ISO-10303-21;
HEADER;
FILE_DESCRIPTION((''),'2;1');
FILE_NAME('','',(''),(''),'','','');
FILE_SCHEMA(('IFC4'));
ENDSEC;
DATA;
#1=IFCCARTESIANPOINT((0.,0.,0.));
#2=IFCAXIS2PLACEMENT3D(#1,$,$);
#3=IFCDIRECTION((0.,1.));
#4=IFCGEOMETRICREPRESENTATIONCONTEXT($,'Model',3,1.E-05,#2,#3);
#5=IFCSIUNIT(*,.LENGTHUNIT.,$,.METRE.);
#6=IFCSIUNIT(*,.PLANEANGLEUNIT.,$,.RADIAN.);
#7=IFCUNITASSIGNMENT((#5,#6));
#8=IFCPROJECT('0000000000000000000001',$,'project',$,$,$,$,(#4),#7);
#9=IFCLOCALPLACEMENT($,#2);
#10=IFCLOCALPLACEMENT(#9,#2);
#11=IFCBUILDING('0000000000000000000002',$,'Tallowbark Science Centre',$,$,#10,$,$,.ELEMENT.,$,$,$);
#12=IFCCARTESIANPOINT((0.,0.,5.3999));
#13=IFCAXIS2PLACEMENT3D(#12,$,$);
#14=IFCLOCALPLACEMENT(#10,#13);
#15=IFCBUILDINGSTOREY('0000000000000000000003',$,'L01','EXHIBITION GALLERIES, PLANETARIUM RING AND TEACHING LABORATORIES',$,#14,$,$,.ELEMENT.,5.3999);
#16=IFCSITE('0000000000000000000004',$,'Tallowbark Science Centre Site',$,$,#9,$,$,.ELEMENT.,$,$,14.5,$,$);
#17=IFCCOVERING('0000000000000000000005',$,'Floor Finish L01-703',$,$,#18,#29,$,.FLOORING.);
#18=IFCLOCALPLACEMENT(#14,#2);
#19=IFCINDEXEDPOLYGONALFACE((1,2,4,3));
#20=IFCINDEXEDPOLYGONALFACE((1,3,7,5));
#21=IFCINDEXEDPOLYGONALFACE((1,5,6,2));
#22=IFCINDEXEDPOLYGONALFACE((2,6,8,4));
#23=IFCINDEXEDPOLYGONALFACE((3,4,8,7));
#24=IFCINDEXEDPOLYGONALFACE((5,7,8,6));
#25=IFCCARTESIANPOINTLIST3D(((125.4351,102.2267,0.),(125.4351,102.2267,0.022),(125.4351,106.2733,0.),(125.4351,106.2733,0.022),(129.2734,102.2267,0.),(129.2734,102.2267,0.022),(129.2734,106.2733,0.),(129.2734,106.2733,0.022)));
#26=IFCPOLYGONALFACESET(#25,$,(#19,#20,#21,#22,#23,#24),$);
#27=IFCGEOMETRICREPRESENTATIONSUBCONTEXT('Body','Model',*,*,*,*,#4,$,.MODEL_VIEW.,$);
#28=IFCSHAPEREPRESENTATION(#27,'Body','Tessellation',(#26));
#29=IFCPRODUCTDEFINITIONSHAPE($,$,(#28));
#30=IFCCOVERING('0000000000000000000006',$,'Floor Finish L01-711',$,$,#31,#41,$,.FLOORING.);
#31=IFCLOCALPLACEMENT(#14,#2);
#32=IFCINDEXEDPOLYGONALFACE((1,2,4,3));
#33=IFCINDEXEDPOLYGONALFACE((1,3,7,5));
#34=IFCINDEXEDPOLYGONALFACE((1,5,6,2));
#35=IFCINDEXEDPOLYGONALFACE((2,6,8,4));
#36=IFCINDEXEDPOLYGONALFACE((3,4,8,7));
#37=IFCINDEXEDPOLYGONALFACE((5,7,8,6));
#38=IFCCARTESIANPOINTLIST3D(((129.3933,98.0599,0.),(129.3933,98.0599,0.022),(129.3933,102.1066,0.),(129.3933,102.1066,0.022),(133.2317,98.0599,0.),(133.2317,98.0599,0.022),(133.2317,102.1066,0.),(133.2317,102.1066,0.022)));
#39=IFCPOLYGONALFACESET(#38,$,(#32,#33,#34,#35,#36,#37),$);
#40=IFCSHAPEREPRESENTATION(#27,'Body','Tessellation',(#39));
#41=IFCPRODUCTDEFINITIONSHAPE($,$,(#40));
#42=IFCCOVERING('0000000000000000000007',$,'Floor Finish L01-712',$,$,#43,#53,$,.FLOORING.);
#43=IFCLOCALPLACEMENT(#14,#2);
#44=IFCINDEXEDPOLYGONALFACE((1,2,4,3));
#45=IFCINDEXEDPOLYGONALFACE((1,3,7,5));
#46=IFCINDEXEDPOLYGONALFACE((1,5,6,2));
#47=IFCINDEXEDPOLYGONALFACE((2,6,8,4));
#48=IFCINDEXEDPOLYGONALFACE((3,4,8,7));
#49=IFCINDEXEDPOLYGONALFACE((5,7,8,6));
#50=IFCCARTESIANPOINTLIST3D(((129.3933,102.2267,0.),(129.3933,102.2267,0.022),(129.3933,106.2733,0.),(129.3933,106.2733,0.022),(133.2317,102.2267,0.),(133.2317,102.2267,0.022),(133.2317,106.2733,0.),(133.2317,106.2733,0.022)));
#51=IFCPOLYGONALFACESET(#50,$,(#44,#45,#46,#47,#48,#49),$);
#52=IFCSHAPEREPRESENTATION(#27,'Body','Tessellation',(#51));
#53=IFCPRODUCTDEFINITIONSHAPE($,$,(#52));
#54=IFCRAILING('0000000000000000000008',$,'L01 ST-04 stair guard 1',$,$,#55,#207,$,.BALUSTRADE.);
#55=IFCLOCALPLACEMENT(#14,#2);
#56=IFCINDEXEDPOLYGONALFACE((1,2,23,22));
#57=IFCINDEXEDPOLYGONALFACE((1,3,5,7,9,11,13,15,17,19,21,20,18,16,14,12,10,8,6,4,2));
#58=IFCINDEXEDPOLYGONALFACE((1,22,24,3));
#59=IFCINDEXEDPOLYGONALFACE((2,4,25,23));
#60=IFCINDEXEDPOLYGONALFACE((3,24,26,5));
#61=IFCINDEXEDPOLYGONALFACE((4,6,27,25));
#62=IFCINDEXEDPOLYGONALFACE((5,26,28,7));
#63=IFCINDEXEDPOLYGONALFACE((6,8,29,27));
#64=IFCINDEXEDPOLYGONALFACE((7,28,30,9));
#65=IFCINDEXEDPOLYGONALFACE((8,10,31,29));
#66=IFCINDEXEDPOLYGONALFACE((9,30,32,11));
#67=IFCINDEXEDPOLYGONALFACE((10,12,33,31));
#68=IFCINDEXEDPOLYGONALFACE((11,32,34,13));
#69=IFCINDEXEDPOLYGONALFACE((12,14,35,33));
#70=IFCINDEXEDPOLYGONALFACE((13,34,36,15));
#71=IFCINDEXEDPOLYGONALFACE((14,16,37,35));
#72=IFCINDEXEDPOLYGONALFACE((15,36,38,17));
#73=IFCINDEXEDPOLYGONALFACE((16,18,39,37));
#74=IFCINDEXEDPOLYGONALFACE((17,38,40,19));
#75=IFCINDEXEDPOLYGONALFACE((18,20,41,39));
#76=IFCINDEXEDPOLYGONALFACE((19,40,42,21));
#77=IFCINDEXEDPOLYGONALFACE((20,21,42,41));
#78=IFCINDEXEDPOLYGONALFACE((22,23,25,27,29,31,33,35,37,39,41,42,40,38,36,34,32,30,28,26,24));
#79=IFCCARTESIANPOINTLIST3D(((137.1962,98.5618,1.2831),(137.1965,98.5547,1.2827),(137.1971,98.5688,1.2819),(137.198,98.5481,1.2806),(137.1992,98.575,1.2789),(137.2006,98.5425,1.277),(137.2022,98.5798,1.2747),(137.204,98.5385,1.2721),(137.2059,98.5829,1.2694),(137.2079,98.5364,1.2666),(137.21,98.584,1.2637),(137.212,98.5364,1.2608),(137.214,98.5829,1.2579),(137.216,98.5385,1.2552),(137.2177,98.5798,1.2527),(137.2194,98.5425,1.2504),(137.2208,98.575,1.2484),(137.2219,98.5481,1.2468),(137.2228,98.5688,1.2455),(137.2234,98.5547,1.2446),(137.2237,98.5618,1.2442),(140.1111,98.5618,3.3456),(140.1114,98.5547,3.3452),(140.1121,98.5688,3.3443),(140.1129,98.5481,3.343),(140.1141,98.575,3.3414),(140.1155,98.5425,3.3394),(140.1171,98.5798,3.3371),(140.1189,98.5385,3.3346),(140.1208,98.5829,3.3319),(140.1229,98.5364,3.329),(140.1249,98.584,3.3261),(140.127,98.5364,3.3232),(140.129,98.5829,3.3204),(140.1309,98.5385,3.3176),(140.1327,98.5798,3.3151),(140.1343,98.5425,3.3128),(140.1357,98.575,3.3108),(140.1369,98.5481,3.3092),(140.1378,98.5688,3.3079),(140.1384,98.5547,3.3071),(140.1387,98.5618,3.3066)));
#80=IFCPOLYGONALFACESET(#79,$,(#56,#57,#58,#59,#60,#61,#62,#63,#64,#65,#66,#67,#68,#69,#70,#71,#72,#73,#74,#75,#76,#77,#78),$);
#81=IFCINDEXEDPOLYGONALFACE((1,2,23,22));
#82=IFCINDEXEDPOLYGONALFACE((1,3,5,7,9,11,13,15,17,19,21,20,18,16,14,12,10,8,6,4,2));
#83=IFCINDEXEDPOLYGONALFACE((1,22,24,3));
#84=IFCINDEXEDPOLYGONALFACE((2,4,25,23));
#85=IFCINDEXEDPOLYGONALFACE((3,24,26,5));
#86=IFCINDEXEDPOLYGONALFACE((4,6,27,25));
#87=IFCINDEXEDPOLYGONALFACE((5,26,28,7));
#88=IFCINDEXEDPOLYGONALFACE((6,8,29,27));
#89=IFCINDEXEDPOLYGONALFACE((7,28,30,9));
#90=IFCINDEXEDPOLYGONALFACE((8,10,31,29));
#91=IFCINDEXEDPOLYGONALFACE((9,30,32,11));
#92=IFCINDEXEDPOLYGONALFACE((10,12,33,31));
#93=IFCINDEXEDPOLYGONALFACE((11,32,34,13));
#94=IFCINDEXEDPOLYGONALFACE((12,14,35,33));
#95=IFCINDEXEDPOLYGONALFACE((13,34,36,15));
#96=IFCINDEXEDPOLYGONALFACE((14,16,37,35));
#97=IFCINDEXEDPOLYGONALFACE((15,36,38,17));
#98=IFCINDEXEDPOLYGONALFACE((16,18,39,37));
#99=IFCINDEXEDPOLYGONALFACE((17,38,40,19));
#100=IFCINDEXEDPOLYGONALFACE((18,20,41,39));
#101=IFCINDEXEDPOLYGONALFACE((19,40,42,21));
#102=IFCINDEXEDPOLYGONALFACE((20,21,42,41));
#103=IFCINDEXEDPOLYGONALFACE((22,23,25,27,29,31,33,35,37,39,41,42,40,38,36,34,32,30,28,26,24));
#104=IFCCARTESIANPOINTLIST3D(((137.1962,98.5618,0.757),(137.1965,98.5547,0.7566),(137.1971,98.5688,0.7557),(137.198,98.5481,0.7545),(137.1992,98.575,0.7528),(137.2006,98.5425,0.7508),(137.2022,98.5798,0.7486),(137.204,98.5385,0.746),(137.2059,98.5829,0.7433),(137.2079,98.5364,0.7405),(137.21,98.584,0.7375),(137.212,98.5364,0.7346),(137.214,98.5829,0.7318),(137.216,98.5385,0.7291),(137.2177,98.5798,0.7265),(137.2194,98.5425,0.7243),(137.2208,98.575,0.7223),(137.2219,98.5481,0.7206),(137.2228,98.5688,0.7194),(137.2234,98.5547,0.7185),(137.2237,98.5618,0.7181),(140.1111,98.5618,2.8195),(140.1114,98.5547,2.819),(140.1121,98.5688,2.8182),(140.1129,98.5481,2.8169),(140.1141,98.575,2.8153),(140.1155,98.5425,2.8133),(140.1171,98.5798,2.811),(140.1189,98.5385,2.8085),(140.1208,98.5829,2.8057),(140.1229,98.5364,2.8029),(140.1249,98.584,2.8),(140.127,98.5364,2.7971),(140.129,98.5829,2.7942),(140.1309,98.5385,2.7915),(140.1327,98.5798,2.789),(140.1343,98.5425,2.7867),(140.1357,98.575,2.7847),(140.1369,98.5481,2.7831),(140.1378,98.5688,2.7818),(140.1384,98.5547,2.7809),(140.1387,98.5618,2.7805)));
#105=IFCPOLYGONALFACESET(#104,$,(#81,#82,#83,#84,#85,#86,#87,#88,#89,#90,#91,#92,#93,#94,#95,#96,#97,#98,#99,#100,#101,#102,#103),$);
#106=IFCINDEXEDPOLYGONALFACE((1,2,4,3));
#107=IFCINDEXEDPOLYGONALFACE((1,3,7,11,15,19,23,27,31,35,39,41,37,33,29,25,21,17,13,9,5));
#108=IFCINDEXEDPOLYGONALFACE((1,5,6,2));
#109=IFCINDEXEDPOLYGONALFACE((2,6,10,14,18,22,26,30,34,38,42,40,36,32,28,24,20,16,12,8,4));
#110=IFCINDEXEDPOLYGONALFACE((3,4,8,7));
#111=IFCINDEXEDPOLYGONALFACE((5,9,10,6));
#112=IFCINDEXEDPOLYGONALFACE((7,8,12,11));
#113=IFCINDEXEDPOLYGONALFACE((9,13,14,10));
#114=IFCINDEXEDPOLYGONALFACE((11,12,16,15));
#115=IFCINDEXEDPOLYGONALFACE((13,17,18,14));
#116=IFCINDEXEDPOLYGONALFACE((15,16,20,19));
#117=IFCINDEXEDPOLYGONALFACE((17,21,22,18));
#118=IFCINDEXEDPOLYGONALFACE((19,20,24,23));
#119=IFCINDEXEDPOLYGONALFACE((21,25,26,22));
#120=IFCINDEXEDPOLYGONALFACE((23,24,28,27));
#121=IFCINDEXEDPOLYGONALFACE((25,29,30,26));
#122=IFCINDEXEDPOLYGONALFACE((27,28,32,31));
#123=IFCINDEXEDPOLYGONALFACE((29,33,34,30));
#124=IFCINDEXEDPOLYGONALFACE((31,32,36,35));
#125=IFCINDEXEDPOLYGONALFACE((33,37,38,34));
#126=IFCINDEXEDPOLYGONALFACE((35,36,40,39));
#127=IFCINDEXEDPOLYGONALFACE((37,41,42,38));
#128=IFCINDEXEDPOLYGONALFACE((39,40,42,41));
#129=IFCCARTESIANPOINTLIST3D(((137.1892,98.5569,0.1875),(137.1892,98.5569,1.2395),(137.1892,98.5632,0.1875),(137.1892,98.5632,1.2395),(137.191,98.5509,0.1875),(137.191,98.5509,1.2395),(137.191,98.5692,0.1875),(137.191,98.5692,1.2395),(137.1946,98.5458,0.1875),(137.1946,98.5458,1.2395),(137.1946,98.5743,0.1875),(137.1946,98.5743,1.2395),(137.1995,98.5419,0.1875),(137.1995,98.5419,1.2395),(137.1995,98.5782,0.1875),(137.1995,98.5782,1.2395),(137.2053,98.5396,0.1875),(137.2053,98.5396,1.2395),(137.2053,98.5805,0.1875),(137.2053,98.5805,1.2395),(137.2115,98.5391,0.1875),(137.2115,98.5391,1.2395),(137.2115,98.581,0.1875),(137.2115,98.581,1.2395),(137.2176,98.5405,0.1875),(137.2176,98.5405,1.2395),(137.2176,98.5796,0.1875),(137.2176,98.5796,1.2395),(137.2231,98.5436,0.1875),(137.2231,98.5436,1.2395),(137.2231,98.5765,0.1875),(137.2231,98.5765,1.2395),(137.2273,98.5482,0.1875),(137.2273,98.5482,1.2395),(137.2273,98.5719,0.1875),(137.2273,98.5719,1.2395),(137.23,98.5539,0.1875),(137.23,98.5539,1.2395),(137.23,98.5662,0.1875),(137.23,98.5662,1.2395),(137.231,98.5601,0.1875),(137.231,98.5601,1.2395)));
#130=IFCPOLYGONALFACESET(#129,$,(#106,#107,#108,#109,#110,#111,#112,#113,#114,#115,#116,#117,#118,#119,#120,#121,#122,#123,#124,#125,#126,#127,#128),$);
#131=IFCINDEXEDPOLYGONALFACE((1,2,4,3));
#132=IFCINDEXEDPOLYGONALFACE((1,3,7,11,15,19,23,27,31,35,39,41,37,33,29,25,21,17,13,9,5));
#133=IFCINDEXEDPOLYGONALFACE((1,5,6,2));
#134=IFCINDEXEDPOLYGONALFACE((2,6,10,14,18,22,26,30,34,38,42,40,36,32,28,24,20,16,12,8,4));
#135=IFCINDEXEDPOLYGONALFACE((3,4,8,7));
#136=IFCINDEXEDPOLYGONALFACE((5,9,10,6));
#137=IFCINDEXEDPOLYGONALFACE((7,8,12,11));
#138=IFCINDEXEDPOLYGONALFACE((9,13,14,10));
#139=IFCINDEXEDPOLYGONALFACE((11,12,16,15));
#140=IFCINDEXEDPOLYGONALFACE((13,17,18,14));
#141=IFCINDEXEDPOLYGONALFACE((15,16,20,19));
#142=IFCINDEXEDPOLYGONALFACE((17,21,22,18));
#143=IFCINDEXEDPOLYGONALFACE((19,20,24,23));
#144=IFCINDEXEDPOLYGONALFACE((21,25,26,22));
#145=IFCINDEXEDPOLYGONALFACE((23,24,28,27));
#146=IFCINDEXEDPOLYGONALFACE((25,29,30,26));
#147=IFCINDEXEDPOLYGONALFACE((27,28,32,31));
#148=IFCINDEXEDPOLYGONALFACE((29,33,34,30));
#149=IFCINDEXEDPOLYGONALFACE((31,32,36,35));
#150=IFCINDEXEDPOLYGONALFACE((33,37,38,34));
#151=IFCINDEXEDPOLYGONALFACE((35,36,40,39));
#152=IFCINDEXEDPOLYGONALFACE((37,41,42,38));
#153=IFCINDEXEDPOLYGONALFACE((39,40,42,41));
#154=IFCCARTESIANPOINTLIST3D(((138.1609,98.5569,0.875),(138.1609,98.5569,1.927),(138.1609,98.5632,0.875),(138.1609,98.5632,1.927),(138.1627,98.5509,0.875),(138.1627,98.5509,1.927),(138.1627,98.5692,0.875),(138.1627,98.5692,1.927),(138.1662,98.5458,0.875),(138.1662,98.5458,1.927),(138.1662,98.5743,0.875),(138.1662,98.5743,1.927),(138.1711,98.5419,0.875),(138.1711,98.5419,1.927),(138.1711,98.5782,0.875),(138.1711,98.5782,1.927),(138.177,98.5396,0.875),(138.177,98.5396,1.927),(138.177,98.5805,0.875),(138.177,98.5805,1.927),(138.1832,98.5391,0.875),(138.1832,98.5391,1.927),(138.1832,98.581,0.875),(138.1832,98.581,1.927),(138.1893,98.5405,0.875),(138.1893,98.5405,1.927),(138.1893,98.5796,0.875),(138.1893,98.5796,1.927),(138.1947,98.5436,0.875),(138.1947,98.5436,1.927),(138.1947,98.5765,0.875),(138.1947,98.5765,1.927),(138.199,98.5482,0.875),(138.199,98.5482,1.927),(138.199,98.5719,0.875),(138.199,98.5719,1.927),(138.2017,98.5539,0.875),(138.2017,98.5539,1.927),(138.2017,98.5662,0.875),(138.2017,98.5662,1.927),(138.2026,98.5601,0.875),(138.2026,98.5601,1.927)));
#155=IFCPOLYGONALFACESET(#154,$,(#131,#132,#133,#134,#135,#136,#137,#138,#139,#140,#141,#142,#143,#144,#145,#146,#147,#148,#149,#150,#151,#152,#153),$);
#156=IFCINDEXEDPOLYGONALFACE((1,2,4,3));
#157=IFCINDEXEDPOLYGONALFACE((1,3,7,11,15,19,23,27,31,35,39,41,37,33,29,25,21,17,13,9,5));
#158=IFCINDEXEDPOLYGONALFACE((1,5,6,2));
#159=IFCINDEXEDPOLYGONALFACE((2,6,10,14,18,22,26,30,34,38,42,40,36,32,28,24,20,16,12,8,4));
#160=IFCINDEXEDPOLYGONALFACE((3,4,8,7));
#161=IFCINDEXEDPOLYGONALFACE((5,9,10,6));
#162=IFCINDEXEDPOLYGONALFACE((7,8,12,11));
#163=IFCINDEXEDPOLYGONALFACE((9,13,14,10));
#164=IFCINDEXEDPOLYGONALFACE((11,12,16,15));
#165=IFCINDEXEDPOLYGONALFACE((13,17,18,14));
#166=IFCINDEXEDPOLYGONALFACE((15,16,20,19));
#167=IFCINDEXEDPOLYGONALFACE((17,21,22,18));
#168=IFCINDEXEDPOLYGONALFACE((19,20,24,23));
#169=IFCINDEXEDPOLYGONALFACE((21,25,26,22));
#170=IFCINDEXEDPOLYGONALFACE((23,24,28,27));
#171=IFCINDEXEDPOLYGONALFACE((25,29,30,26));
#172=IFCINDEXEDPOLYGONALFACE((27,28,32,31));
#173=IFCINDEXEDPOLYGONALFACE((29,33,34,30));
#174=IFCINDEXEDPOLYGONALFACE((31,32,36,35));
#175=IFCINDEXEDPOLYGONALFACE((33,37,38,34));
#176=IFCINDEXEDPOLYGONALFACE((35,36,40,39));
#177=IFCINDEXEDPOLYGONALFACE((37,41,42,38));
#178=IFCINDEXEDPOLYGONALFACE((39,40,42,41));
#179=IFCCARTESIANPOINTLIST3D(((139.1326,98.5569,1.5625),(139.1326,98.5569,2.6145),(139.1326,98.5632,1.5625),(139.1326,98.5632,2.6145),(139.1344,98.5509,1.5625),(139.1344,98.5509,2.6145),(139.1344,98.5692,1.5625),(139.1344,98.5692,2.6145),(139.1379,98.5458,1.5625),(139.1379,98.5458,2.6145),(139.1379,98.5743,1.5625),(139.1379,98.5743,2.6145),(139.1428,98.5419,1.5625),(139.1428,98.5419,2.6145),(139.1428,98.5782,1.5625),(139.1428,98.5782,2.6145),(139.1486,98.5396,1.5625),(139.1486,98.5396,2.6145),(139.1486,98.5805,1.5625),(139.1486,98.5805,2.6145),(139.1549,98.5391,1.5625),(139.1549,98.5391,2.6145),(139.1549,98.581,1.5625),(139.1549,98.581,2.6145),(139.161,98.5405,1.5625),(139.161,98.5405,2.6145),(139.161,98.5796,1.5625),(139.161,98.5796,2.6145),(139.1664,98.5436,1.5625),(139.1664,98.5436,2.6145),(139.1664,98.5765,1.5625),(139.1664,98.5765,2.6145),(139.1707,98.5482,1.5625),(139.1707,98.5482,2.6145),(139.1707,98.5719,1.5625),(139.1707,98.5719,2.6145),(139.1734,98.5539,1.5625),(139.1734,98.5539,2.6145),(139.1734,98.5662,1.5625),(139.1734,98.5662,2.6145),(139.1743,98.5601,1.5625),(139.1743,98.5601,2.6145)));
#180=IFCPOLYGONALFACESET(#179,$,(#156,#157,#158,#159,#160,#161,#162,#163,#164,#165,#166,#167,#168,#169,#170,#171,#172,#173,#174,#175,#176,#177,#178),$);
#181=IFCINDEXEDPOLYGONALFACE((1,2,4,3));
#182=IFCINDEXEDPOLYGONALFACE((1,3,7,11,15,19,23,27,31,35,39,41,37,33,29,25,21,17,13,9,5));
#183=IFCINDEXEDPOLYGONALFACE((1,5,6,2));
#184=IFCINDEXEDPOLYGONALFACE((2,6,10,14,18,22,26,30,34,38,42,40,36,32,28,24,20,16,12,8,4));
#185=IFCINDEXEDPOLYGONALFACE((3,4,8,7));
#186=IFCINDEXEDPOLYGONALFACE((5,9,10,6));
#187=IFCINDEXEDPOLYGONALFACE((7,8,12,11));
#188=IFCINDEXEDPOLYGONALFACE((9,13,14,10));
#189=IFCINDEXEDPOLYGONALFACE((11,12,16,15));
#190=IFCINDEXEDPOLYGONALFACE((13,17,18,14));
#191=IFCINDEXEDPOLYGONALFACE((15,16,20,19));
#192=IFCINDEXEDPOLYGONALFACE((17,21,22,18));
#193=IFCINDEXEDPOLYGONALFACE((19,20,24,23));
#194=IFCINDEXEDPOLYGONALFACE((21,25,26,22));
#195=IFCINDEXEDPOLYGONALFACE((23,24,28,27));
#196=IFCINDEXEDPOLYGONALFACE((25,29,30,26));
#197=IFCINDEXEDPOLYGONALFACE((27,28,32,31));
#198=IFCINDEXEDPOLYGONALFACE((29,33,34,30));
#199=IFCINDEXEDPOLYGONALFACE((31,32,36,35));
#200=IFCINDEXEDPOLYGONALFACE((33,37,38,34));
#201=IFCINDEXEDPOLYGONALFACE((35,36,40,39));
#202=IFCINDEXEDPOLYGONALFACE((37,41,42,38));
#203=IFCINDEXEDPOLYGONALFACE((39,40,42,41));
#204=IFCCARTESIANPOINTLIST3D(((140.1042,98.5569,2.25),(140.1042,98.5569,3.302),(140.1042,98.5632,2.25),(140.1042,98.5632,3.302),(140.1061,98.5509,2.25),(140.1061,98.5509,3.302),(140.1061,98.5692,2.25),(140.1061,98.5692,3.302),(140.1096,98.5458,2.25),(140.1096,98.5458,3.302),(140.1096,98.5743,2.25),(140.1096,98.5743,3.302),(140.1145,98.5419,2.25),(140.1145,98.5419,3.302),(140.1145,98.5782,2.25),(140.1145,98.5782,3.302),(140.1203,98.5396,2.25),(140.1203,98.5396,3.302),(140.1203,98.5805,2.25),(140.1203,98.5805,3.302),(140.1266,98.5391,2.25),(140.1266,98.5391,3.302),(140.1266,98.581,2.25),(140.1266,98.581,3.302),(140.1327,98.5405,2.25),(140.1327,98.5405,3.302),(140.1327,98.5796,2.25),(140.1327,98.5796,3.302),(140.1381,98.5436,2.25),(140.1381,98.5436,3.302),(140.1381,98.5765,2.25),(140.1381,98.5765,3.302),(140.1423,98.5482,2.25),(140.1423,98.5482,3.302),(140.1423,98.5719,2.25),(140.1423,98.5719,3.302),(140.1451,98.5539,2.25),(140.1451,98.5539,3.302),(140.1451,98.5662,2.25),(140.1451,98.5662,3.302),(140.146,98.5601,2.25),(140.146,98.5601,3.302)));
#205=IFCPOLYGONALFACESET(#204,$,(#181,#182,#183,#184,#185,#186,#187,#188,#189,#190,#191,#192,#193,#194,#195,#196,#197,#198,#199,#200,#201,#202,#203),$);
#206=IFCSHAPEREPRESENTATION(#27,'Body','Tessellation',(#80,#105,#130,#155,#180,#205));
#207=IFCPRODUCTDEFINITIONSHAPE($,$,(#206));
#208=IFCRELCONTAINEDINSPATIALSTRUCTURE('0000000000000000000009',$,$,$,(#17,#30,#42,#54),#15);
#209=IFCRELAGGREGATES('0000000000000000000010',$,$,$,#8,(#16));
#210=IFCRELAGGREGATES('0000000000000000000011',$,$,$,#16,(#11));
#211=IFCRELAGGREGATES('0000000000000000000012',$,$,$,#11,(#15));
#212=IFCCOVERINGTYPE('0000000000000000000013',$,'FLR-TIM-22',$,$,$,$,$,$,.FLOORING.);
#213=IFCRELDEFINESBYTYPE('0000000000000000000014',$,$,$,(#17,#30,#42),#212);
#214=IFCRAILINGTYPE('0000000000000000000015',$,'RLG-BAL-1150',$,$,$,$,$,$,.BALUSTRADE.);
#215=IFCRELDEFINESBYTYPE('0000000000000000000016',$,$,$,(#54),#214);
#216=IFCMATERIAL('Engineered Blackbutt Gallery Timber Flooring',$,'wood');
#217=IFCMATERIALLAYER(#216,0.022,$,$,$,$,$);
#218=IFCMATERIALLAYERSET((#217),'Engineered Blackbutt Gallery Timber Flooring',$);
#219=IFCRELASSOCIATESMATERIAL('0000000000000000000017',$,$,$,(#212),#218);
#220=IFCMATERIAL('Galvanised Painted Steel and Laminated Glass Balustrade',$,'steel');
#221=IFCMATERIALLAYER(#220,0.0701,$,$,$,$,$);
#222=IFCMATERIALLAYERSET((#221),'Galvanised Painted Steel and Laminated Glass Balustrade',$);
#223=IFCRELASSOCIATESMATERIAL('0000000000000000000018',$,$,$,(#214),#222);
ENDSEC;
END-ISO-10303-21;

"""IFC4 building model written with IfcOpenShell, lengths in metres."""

from ifc_helpers import new_model, si_unit, direction, frame, origin, origin_2d, place, context, subcontext, project, spatial, rectangle, circle, extrude, material, layer, layer_set, type_object, element, save


model = new_model("IFC4")

# Units and contexts
model_context = context("Model", 3, precision=1e-05, world=origin(), true_north=direction((0.0, 1.0)))
body_context = subcontext(model_context, "Body", "Model", "MODEL_VIEW")
ifc_project = project(units=[si_unit("LENGTHUNIT", "METRE"), si_unit("PLANEANGLEUNIT", "RADIAN")], contexts=[model_context])

# Site, building, storey
site_placement = place(None, origin())
site = spatial("IfcSite", under=ifc_project, at=site_placement, Name="Tallowbark Science Centre Site", CompositionType="ELEMENT", RefElevation=14.5)
building_placement = place(site_placement, origin())
building = spatial("IfcBuilding", under=site, at=building_placement, Name="Tallowbark Science Centre", CompositionType="ELEMENT")
storey_placement = place(building_placement, frame((0.0, 0.0, 5.3999)))
storey = spatial("IfcBuildingStorey", under=building, at=storey_placement, Name="L01", Description="EXHIBITION GALLERIES, PLANETARIUM RING AND TEACHING LABORATORIES", CompositionType="ELEMENT", Elevation=5.3999)

# Coverings
ifc_material_1 = material(Name="Engineered Blackbutt Gallery Timber Flooring", Category="wood")
ifc_layer_1 = layer(ifc_material_1, 0.022)
ifc_layer_set_1 = layer_set([ifc_layer_1], Name="Engineered Blackbutt Gallery Timber Flooring")
covering_type_1 = type_object("IfcCoveringType", Name="FLR-TIM-22", PredefinedType="FLOORING", material=ifc_layer_set_1)
for number, where, z_axis, x_axis, name in (
    (1, (127.3542, 104.25, 0.0), (0.0, 0.0, 1.0), (1.0, 0.0, 0.0), "Floor Finish L01-703"),
    (2, (131.3125, 100.0833, 0.0), (0.0, 0.0, 1.0), (1.0, 0.0, 0.0), "Floor Finish L01-711"),
    (3, (131.3125, 104.25, 0.0), (0.0, 0.0, 1.0), (1.0, 0.0, 0.0), "Floor Finish L01-712"),
):
    element("IfcCovering", number, at=place(storey_placement, frame(where, z_axis=z_axis, x_axis=x_axis)), inside=storey, type_object=covering_type_1, Name=name, PredefinedType="FLOORING", context=body_context, shape_type="SweptSolid", body=[
        extrude(rectangle(XDim=3.8384, YDim=4.0466, at=origin_2d()), origin(), (0.0, 0.0, 1.0), 0.022),
    ])

# Railing
ifc_material_2 = material(Name="Galvanised Painted Steel and Laminated Glass Balustrade", Category="steel")
ifc_layer_2 = layer(ifc_material_2, 0.0701)
ifc_layer_set_2 = layer_set([ifc_layer_2], Name="Galvanised Painted Steel and Laminated Glass Balustrade")
railing_type_1 = type_object("IfcRailingType", Name="RLG-BAL-1150", PredefinedType="BALUSTRADE", material=ifc_layer_set_2)
railing_1_placement = place(storey_placement, frame((137.21, 98.5601, 0.1875)))
element("IfcRailing", 4, at=railing_1_placement, inside=storey, type_object=railing_type_1, Name="L01 ST-04 stair guard 1", PredefinedType="BALUSTRADE", context=body_context, shape_type="SweptSolid", body=[
    extrude(circle(Radius=0.0239, at=origin_2d()), frame((0.0, 0.0, 1.0762), z_axis=(0.816331, 0.0, 0.577585), x_axis=(0.0, 1.0, 0.0)), (0.0, 0.0, 1.0), 3.5708),
    extrude(circle(Radius=0.0239, at=origin_2d()), frame((0.0, 0.0, 0.55), z_axis=(0.816331, 0.0, 0.577585), x_axis=(0.0, 1.0, 0.0)), (0.0, 0.0, 1.0), 3.5708),
    extrude(circle(Radius=0.021, at=origin_2d()), origin(), (0.0, 0.0, 1.0), 1.052),
    extrude(circle(Radius=0.021, at=origin_2d()), frame((0.9717, 0.0, 0.6875)), (0.0, 0.0, 1.0), 1.052),
    extrude(circle(Radius=0.021, at=origin_2d()), frame((1.9434, 0.0, 1.375)), (0.0, 0.0, 1.0), 1.052),
    extrude(circle(Radius=0.021, at=origin_2d()), frame((2.915, 0.0, 2.0625)), (0.0, 0.0, 1.0), 1.052),
])

save(model, "model.ifc")
